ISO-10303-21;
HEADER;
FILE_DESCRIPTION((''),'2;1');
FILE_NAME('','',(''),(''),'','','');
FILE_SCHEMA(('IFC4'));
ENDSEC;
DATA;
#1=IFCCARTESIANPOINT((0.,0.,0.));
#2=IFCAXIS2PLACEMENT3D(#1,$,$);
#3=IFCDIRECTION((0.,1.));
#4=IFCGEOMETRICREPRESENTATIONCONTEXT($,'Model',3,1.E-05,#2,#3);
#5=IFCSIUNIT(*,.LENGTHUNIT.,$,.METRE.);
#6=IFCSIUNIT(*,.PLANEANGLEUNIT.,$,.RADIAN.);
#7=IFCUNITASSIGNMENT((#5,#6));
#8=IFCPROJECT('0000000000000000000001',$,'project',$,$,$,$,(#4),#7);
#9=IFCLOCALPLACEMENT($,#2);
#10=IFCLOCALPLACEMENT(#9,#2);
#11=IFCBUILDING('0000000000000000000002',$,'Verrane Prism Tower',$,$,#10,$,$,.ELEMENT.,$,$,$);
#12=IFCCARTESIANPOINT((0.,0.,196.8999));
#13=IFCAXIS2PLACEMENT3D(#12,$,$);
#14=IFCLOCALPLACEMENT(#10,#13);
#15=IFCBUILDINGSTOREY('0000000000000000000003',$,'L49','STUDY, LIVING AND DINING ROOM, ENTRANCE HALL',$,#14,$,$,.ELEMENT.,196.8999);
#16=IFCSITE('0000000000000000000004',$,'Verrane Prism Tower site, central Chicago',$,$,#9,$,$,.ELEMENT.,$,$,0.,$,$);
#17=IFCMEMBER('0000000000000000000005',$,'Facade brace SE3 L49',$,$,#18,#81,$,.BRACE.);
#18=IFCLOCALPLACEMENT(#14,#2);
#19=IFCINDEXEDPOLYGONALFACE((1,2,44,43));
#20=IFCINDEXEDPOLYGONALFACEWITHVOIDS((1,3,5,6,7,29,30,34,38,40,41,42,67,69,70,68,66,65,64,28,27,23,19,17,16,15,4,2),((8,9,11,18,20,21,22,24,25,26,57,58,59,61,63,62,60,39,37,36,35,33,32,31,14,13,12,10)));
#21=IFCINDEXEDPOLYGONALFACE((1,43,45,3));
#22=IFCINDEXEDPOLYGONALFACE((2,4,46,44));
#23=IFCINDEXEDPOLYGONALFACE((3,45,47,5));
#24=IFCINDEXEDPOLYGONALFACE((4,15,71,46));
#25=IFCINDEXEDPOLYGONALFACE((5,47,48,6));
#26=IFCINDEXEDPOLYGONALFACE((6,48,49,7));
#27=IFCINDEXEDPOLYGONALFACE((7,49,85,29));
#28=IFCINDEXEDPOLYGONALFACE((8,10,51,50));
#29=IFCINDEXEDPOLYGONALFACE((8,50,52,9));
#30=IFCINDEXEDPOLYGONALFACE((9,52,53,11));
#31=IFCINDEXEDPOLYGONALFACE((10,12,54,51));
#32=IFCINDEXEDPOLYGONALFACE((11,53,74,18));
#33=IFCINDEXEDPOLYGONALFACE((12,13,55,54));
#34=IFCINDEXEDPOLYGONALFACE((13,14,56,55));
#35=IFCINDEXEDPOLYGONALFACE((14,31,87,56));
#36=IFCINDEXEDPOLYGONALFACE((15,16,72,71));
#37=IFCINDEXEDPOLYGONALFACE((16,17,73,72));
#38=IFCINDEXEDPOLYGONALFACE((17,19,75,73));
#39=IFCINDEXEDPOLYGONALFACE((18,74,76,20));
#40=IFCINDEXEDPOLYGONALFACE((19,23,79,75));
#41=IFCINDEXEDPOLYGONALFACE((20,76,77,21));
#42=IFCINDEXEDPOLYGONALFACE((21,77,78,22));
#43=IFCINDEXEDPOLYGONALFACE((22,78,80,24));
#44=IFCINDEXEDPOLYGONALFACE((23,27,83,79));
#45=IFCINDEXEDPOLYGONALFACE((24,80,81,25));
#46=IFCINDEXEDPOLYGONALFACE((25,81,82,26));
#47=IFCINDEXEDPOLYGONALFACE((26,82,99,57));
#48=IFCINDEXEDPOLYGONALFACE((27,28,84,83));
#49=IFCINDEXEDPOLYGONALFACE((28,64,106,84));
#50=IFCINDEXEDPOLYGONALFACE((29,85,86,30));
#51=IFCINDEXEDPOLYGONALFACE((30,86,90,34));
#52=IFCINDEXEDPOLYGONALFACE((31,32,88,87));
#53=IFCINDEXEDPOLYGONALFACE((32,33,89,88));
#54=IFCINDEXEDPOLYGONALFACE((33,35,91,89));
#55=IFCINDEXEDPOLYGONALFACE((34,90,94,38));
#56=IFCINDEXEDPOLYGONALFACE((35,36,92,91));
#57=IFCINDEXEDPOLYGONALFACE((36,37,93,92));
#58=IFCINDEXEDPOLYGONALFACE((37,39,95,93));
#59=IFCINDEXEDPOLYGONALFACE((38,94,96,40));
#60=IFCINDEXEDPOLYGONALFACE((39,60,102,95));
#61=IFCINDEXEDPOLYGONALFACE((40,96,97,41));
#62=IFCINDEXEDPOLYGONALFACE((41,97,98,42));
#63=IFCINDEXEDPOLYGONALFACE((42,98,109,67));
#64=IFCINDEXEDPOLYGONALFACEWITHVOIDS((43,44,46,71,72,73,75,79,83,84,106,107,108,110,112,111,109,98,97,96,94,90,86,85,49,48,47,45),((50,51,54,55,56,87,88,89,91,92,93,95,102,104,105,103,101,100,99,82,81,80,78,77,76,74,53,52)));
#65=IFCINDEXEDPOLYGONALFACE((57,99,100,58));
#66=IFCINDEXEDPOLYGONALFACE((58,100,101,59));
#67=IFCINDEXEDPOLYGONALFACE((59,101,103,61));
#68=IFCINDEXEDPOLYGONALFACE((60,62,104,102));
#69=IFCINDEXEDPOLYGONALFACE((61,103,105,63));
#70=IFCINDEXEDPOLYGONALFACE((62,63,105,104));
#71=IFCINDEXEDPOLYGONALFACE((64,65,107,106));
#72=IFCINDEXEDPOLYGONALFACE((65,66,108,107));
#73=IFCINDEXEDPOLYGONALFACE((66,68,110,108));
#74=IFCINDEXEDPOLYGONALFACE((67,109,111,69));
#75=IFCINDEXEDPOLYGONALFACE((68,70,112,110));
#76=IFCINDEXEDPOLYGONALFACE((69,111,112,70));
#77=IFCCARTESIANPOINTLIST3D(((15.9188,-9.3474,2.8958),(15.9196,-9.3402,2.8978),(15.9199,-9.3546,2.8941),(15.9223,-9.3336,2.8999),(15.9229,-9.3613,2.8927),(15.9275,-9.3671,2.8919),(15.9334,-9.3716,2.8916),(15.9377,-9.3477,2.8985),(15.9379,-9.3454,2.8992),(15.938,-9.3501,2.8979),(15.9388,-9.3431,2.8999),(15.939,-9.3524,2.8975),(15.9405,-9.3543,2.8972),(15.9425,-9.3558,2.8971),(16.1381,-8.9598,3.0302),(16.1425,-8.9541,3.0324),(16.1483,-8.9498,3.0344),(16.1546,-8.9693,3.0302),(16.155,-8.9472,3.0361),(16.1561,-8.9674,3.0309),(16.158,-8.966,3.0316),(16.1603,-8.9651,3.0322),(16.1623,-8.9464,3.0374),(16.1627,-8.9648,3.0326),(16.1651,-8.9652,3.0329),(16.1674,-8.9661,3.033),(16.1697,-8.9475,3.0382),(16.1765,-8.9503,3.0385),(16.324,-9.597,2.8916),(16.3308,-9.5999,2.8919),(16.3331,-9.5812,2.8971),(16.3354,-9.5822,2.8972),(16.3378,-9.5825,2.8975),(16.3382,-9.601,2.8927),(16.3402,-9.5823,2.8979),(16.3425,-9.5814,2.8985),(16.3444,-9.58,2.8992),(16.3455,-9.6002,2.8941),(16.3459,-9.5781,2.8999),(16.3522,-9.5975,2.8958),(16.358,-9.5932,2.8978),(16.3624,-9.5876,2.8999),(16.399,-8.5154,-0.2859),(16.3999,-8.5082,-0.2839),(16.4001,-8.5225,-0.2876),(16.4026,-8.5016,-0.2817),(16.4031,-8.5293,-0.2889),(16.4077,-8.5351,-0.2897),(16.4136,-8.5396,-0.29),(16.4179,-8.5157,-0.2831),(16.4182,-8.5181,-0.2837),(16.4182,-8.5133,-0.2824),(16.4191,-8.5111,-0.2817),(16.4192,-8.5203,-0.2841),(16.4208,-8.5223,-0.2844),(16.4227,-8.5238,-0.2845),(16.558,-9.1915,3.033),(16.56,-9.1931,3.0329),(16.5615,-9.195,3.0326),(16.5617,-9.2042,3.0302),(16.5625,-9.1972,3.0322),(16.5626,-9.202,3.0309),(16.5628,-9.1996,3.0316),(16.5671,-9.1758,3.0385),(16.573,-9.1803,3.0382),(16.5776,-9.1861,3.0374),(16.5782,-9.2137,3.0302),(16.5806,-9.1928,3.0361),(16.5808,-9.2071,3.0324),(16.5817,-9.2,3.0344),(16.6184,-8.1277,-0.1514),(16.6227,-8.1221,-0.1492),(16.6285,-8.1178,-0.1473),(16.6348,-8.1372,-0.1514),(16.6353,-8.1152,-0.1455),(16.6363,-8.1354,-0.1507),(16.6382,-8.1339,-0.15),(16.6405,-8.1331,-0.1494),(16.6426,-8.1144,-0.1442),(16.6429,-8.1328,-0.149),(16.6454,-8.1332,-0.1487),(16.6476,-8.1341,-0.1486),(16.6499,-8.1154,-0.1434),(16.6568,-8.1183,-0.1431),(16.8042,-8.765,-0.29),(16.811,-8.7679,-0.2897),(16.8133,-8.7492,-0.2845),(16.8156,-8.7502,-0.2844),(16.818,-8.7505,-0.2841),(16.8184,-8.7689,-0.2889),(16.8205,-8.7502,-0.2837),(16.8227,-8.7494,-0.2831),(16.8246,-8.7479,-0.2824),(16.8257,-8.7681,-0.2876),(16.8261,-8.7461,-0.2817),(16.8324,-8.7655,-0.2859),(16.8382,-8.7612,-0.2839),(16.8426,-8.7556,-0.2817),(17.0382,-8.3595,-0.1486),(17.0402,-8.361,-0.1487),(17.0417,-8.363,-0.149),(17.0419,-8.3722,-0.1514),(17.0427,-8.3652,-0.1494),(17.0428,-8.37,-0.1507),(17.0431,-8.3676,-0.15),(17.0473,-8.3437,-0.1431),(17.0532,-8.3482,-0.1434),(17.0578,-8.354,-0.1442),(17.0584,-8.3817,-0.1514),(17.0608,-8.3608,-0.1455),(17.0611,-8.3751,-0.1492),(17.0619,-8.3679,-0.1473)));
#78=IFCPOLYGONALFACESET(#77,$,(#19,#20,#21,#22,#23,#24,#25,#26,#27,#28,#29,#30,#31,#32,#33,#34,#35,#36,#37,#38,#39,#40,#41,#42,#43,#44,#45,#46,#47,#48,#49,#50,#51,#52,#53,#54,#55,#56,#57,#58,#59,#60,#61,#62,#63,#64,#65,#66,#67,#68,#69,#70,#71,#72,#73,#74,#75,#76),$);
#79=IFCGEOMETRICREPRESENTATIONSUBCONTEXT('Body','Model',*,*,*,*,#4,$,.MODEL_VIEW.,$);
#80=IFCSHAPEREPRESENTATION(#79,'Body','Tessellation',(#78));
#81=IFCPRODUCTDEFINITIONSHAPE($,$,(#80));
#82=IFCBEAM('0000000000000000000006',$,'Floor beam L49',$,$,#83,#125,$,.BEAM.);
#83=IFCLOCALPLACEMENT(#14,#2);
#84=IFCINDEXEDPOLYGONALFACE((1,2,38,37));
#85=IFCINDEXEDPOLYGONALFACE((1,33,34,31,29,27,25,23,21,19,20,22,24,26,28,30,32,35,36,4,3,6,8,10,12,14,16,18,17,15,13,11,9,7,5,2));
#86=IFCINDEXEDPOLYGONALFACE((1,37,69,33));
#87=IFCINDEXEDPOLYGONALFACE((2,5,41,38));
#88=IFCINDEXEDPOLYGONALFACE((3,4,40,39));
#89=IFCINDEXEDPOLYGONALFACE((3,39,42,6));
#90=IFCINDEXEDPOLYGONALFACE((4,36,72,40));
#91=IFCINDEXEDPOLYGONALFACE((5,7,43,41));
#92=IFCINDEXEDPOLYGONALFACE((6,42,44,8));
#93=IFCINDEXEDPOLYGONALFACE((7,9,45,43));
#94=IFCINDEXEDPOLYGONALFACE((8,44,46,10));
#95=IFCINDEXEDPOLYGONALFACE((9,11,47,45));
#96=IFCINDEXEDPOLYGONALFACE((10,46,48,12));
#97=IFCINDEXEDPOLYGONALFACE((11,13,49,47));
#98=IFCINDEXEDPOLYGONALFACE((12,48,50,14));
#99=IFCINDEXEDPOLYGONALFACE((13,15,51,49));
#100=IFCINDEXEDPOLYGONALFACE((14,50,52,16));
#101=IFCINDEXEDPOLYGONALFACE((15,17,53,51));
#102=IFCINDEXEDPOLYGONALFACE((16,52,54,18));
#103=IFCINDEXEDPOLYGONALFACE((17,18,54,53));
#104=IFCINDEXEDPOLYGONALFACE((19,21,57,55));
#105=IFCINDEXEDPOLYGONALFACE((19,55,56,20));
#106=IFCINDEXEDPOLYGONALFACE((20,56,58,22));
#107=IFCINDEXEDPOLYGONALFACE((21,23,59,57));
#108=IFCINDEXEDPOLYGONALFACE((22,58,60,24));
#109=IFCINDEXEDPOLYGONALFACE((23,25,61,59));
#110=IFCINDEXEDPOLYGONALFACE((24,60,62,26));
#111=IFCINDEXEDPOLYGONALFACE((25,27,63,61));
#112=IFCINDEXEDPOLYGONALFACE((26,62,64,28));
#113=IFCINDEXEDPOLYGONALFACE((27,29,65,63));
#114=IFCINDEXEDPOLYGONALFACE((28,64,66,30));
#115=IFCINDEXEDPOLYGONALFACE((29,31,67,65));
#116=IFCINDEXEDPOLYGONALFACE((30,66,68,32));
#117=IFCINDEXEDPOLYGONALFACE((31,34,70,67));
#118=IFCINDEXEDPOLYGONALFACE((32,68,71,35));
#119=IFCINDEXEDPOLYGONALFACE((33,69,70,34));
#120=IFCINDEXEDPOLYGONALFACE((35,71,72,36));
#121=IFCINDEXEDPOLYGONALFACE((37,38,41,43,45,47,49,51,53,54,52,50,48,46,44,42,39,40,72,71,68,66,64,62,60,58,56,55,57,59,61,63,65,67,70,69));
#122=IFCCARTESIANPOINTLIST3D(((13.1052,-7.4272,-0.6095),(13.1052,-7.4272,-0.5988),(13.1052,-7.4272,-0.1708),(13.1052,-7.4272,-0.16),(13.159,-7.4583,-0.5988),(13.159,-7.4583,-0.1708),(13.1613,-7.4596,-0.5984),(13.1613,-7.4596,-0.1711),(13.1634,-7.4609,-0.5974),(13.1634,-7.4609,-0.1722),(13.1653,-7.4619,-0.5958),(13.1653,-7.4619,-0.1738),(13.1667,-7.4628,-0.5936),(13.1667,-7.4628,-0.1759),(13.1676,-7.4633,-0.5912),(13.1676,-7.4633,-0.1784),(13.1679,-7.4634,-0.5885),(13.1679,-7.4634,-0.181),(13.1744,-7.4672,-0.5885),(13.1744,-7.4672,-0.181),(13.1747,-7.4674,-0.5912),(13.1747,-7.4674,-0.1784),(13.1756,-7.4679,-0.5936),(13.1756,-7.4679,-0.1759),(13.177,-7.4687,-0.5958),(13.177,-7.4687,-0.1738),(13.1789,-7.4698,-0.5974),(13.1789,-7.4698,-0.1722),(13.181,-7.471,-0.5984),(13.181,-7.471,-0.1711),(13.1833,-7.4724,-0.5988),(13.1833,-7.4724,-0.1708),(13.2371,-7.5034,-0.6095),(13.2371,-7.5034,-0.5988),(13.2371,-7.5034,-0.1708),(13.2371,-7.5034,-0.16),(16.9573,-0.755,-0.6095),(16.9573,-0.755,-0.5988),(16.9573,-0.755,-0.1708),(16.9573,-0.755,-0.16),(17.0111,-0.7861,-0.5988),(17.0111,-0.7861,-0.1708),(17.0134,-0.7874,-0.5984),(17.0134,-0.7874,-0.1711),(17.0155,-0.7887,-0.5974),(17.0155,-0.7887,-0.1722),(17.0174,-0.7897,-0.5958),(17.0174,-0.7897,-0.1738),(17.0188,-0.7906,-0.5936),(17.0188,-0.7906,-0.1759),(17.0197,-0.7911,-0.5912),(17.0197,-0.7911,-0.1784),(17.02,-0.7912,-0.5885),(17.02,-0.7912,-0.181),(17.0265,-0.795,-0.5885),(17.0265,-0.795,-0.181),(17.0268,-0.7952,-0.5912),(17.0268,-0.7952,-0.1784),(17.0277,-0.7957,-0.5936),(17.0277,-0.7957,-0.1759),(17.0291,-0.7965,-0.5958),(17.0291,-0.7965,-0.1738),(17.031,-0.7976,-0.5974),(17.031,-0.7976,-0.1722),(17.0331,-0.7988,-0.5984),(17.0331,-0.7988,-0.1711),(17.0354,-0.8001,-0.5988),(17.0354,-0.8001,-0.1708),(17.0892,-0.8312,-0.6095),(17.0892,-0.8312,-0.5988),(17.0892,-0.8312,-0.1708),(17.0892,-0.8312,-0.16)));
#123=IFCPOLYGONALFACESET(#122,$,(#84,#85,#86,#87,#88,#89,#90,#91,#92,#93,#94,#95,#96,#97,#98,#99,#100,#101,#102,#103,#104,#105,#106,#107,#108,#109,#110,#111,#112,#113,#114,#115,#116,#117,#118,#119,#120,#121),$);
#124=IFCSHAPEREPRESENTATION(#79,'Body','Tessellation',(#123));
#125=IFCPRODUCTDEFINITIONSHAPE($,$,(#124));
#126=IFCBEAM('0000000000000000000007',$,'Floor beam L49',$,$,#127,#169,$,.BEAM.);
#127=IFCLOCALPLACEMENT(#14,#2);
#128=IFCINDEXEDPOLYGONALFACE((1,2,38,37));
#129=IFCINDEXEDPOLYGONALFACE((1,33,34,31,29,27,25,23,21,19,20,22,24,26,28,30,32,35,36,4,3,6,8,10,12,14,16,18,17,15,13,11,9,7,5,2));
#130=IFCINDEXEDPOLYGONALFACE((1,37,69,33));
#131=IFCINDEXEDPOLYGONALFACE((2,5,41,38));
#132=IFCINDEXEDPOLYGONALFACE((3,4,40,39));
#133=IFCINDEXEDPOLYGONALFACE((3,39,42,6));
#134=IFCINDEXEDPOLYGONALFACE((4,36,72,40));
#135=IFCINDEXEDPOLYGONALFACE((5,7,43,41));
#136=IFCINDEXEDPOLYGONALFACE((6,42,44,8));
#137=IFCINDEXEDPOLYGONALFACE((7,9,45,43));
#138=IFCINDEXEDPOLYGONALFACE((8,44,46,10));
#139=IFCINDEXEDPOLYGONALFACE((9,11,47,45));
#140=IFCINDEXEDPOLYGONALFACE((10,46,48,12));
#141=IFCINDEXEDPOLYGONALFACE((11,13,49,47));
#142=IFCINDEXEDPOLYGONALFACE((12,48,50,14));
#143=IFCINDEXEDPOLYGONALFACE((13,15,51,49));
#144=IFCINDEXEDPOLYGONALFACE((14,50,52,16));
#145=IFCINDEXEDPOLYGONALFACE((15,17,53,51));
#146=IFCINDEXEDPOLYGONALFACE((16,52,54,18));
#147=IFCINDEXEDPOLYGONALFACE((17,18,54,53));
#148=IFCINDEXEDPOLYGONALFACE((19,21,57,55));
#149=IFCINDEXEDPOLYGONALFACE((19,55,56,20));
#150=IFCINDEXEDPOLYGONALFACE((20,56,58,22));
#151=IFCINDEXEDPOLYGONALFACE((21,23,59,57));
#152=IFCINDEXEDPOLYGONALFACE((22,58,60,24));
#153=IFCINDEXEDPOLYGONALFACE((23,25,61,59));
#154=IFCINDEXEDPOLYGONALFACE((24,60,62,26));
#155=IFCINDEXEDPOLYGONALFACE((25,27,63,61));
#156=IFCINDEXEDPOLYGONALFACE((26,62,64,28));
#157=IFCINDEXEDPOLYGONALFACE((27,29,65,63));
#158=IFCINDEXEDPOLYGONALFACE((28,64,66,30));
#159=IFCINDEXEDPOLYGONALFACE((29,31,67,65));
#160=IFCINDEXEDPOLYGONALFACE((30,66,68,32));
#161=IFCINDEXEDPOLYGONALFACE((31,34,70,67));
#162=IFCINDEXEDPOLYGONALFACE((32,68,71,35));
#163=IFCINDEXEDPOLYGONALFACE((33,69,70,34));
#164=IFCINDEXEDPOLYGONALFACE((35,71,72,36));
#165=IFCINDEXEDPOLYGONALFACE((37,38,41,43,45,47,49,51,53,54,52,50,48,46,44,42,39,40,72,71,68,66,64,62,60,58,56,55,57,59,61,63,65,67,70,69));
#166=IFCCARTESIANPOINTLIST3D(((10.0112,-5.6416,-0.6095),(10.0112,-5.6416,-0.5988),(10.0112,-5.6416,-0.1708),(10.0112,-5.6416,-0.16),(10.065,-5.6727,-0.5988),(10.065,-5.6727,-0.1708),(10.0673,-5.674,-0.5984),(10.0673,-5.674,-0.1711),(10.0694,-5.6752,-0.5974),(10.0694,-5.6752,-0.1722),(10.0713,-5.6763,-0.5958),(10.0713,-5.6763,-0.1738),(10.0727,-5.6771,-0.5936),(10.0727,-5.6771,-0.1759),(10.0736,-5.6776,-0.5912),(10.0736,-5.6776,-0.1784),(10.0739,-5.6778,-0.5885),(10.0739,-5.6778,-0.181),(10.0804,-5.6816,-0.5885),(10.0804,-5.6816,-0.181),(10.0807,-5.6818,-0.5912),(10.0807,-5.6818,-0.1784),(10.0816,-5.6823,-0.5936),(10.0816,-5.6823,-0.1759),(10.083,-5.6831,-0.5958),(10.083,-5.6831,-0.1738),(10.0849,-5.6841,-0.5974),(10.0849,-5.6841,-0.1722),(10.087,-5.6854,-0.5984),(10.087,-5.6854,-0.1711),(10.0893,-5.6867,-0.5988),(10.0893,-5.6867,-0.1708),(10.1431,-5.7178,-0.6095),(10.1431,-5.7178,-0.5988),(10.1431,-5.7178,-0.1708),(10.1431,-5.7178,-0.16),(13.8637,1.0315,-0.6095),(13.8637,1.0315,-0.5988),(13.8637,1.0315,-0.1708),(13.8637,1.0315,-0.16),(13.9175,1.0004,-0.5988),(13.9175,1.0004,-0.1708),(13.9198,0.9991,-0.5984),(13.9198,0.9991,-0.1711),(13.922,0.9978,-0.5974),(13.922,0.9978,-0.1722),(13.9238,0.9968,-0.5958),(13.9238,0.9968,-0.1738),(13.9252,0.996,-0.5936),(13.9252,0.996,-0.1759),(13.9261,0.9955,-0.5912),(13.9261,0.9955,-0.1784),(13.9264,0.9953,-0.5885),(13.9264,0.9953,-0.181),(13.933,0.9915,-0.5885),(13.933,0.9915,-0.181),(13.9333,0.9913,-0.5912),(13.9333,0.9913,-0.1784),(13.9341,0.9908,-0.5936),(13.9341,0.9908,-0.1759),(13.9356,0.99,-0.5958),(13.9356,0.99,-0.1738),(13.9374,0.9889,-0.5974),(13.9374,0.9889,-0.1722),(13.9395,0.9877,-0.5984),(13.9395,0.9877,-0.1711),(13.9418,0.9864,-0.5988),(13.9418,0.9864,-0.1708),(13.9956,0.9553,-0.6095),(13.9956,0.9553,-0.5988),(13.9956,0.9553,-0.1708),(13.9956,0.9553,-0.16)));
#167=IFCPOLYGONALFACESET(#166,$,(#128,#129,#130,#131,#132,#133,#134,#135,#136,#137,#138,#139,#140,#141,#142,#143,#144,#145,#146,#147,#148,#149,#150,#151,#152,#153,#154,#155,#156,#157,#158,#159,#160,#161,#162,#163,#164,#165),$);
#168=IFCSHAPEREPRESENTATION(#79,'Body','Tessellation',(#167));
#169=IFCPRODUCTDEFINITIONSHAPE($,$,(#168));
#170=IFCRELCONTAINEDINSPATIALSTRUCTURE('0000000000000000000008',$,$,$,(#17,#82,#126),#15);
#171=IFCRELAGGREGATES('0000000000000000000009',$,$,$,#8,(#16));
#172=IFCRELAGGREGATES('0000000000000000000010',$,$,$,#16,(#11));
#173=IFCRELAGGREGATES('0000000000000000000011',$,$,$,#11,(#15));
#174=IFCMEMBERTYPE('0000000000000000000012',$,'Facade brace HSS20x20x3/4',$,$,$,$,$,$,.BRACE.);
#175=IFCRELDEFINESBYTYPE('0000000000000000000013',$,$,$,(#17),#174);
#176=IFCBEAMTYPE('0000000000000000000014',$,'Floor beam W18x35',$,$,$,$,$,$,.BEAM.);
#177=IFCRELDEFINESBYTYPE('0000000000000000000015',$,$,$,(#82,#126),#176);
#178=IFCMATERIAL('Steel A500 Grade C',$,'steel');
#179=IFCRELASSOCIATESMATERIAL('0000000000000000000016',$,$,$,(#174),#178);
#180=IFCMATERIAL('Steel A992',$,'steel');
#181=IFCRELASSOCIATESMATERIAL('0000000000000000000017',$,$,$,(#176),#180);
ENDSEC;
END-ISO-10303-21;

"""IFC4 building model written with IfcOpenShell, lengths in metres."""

from ifc_helpers import new_model, si_unit, direction, frame, origin, origin_2d, place, context, subcontext, project, spatial, hollow_rectangle, i_section, extrude, material, material_profile, profile_set, type_object, element, save


model = new_model("IFC4")

# Units and contexts
model_context = context("Model", 3, precision=1e-05, world=origin(), true_north=direction((0.0, 1.0)))
body_context = subcontext(model_context, "Body", "Model", "MODEL_VIEW")
ifc_project = project(units=[si_unit("LENGTHUNIT", "METRE"), si_unit("PLANEANGLEUNIT", "RADIAN")], contexts=[model_context])

# Site, building, storey
site_placement = place(None, origin())
site = spatial("IfcSite", under=ifc_project, at=site_placement, Name="Verrane Prism Tower site, central Chicago", CompositionType="ELEMENT", RefElevation=0.0)
building_placement = place(site_placement, origin())
building = spatial("IfcBuilding", under=site, at=building_placement, Name="Verrane Prism Tower", CompositionType="ELEMENT")
storey_placement = place(building_placement, frame((0.0, 0.0, 196.8999)))
storey = spatial("IfcBuildingStorey", under=building, at=storey_placement, Name="L49", Description="STUDY, LIVING AND DINING ROOM, ENTRANCE HALL", CompositionType="ELEMENT", Elevation=196.8999)

# Member
ifc_material_1 = material(Name="Steel A500 Grade C", Category="steel")
ifc_material_profile_1 = material_profile(ifc_material_1, hollow_rectangle(XDim=0.5081, YDim=0.5081, WallThickness=0.019, InnerFilletRadius=0.0095, OuterFilletRadius=0.0286, at=origin_2d()), Name="HSS20x20x3/4")
ifc_profile_set_1 = profile_set([ifc_material_profile_1], Name="Steel A500 Grade C")
member_type_1 = type_object("IfcMemberType", Name="Facade brace HSS20x20x3/4", PredefinedType="BRACE", material=ifc_profile_set_1)
member_1_placement = place(storey_placement, frame((16.7305, -8.4417, -0.2166), z_axis=(-0.144493, -0.250347, 0.957313), x_axis=(0.866092, -0.499884, 0.0)))
element("IfcMember", 1, at=member_1_placement, inside=storey, type_object=member_type_1, Name="Facade brace SE3 L49", PredefinedType="BRACE", context=body_context, shape_type="SweptSolid", body=[
    extrude(hollow_rectangle(XDim=0.5081, YDim=0.5081, WallThickness=0.019, InnerFilletRadius=0.0095, OuterFilletRadius=0.0286, at=origin_2d()), origin(), (0.0, 0.0, 1.0), 3.3235),
])

# Beams
ifc_material_2 = material(Name="Steel A992", Category="steel")
ifc_material_profile_2 = material_profile(ifc_material_2, i_section(OverallWidth=0.1523, OverallDepth=0.4495, WebThickness=0.0076, FlangeThickness=0.0107, FilletRadius=0.0103, at=origin_2d()), Name="W18x35")
ifc_profile_set_2 = profile_set([ifc_material_profile_2], Name="Steel A992")
beam_type_1 = type_object("IfcBeamType", Name="Floor beam W18x35", PredefinedType="BEAM", material=ifc_profile_set_2)
beam_1_placement = place(storey_placement, frame((13.1711, -7.4653, -0.3848), z_axis=(0.49999, 0.866031, 0.0), x_axis=(-0.866031, 0.49999, 0.0)))
element("IfcBeam", 2, at=beam_1_placement, inside=storey, type_object=beam_type_1, Name="Floor beam L49", PredefinedType="BEAM", context=body_context, shape_type="SweptSolid", body=[
    extrude(i_section(OverallWidth=0.1523, OverallDepth=0.4495, WebThickness=0.0076, FlangeThickness=0.0107, FilletRadius=0.0103, at=origin_2d()), origin(), (0.0, 0.0, 1.0), 7.7043),
])
beam_2_placement = place(storey_placement, frame((10.0771, -5.6797, -0.3848), z_axis=(0.499983, 0.866035, 0.0), x_axis=(-0.866035, 0.499983, 0.0)))
element("IfcBeam", 3, at=beam_2_placement, inside=storey, type_object=beam_type_1, Name="Floor beam L49", PredefinedType="BEAM", context=body_context, shape_type="SweptSolid", body=[
    extrude(i_section(OverallWidth=0.1523, OverallDepth=0.4495, WebThickness=0.0076, FlangeThickness=0.0107, FilletRadius=0.0103, at=origin_2d()), origin(), (0.0, 0.0, 1.0), 7.7053),
])

save(model, "model.ifc")
